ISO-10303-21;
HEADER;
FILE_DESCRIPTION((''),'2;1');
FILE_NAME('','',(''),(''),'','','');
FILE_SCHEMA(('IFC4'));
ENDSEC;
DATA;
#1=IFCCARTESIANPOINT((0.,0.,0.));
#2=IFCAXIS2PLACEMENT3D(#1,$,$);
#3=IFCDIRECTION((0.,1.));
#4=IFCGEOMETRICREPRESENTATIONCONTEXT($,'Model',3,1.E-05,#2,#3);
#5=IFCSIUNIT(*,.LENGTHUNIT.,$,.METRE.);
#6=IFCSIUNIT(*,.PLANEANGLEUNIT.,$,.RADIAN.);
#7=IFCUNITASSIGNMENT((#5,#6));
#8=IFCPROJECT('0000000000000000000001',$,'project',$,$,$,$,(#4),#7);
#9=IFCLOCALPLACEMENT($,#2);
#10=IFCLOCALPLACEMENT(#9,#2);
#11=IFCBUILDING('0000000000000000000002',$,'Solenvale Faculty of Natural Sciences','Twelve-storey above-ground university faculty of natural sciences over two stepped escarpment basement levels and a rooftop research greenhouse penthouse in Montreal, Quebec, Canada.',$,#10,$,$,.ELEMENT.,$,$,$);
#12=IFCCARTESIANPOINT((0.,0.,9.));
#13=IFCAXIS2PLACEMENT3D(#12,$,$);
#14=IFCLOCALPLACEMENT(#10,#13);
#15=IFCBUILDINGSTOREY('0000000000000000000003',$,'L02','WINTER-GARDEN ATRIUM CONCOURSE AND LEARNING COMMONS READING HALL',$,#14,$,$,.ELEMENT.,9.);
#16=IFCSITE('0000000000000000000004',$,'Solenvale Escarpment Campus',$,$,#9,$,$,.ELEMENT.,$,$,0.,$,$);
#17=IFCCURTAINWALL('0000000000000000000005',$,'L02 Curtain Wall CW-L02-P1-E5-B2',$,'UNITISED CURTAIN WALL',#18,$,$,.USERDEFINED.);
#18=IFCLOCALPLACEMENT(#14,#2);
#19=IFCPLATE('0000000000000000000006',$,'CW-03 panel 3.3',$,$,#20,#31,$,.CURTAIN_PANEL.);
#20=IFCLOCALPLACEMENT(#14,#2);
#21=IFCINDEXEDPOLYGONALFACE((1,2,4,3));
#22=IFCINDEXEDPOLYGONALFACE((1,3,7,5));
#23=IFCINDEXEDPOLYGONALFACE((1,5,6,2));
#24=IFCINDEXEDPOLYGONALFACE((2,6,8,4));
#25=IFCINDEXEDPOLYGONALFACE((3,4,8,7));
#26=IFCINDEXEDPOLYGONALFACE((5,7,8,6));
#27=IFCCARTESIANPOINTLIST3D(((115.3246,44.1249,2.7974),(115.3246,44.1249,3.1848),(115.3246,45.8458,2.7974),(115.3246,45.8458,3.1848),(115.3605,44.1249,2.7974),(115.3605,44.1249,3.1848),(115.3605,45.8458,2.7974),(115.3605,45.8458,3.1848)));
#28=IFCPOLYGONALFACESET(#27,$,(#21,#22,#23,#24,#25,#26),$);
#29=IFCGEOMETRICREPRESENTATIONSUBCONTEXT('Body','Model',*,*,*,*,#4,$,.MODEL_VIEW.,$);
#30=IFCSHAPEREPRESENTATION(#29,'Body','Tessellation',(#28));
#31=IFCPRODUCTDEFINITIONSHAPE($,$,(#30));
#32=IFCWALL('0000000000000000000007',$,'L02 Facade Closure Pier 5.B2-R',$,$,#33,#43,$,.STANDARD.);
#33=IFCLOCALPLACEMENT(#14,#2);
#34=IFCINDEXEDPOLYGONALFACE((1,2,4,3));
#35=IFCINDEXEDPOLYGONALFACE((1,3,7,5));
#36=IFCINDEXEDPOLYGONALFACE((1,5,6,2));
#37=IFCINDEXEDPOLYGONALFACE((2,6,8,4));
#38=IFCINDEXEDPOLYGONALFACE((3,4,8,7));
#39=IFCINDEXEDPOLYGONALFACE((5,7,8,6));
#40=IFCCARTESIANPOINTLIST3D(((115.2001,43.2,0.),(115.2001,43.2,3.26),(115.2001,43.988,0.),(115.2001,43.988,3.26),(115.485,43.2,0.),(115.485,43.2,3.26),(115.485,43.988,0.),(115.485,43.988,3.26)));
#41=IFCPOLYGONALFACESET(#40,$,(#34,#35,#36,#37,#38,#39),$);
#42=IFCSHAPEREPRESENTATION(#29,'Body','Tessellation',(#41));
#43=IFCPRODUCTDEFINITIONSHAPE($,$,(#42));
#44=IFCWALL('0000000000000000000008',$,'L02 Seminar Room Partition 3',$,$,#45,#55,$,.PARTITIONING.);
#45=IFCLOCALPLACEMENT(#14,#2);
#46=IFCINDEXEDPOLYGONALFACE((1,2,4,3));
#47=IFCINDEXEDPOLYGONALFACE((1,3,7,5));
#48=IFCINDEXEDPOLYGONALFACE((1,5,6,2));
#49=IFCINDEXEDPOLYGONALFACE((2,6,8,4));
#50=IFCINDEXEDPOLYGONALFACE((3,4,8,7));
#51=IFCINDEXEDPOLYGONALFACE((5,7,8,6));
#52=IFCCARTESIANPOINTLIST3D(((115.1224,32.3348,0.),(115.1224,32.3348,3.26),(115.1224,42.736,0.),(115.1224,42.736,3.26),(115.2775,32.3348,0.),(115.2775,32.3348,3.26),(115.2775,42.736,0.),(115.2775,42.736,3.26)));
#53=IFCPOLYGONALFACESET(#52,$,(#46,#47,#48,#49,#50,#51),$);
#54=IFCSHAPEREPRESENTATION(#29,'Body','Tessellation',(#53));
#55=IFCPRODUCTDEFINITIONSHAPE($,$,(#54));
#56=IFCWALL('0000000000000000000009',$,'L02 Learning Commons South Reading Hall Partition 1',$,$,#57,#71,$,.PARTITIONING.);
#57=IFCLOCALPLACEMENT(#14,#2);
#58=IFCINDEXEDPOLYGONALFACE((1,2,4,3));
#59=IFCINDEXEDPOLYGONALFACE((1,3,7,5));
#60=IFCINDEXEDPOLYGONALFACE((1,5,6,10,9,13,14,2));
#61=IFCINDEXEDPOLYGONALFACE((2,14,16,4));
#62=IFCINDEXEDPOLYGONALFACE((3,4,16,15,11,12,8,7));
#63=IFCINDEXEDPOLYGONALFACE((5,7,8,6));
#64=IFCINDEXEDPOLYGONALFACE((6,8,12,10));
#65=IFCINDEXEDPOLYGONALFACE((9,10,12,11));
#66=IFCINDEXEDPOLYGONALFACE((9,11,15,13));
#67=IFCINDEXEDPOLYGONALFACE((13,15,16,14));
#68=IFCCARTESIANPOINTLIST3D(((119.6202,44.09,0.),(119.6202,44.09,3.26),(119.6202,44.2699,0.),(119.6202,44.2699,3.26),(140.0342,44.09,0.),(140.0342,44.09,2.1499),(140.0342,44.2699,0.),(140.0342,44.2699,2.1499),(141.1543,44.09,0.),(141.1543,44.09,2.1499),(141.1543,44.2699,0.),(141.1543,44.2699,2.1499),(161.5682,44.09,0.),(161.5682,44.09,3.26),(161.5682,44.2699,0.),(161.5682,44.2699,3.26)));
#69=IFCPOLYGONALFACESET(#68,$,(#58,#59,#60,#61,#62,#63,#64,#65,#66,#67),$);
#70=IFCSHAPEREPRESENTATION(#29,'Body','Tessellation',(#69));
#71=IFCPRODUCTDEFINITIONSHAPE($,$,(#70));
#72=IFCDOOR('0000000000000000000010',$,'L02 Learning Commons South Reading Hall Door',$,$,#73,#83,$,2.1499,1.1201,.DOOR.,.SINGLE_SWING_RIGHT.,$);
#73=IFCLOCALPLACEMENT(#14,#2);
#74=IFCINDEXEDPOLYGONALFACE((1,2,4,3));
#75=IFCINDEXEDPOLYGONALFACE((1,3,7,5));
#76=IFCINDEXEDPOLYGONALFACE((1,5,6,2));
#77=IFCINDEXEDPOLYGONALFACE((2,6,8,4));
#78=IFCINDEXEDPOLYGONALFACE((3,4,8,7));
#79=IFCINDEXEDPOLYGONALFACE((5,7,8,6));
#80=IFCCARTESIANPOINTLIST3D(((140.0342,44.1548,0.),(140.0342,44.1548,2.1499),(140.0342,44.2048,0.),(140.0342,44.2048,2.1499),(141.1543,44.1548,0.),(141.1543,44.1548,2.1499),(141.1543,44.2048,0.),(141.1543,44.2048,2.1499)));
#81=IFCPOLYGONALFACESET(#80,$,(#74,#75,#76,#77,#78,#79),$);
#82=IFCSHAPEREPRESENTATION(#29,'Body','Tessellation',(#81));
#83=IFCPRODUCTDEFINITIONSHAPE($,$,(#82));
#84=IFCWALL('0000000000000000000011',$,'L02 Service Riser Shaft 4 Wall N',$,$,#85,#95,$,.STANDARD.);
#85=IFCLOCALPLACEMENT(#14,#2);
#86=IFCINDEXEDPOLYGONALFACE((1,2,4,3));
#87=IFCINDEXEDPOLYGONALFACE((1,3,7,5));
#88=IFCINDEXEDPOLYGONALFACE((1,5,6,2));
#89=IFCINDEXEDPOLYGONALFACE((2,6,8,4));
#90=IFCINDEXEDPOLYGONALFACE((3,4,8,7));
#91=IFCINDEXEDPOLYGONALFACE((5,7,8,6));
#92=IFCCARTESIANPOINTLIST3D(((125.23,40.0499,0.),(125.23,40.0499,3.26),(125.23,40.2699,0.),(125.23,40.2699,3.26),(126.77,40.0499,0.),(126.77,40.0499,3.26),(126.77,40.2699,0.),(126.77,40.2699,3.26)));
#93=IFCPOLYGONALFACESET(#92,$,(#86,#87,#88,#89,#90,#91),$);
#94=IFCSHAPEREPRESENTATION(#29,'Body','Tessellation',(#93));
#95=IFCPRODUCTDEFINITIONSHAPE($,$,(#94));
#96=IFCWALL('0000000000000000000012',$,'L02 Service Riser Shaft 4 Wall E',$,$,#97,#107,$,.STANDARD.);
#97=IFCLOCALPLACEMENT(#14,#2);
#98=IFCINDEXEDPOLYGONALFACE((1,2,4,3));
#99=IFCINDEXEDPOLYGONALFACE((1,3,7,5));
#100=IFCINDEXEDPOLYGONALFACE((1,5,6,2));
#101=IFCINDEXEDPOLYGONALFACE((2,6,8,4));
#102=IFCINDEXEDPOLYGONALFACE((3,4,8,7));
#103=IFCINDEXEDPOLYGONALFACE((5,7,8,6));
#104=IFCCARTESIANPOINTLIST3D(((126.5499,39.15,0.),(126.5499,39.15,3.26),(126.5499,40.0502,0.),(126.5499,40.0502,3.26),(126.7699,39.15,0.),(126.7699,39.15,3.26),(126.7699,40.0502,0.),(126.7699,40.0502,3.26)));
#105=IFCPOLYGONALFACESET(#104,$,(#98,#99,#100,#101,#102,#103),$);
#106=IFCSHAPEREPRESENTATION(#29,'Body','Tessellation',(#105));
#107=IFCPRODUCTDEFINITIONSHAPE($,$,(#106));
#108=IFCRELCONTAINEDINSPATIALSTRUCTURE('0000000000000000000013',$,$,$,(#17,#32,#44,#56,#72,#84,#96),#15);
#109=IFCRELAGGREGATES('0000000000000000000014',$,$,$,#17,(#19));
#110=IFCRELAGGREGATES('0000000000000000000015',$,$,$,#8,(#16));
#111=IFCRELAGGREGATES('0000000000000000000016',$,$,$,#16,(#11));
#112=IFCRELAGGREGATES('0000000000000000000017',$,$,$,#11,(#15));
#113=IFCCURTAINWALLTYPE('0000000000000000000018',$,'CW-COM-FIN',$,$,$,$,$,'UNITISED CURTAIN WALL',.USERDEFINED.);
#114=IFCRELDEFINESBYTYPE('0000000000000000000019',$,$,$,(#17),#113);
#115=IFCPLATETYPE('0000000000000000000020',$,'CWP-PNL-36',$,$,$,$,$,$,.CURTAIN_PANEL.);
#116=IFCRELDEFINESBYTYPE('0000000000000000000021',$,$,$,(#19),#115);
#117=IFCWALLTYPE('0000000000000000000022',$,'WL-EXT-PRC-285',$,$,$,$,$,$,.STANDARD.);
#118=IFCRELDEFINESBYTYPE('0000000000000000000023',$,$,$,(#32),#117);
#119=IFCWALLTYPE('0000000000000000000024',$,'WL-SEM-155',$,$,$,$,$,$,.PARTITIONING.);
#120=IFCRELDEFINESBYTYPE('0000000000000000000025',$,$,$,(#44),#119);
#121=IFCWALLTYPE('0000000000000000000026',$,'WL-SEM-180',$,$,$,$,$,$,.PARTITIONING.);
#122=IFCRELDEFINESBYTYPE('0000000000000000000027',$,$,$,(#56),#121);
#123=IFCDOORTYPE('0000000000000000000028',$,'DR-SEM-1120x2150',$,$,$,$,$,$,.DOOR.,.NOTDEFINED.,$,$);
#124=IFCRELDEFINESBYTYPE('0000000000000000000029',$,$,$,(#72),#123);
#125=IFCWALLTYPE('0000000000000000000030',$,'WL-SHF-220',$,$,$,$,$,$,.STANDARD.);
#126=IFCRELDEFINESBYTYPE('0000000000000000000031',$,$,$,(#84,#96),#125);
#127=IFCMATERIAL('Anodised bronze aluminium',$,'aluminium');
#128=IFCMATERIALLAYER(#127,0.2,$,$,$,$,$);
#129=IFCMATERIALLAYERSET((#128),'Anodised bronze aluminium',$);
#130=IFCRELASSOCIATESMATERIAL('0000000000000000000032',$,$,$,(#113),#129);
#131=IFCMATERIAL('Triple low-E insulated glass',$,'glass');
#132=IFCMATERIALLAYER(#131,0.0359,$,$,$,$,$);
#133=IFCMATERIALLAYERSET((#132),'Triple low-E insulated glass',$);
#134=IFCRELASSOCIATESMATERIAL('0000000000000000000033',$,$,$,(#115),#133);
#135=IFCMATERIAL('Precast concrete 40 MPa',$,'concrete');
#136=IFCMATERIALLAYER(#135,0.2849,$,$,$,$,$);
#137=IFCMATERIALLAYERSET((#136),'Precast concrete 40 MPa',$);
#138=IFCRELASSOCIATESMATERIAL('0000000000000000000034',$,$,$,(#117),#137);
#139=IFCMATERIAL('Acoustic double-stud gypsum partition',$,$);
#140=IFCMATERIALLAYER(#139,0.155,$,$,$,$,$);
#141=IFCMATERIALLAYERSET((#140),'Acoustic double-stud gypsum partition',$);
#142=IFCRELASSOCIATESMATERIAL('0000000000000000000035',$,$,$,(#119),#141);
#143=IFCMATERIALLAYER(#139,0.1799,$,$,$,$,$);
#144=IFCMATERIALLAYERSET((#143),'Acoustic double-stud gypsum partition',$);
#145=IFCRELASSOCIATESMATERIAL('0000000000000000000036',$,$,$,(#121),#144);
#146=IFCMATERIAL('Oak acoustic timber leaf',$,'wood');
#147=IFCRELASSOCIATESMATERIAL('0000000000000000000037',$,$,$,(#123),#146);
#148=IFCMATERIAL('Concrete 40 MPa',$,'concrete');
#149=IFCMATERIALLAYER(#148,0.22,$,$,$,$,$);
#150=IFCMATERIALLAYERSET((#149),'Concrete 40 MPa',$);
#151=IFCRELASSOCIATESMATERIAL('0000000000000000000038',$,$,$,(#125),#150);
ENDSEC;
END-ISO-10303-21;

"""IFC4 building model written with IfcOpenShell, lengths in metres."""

from ifc_helpers import new_model, si_unit, direction, frame, frame_2d, origin, origin_2d, place, context, subcontext, project, spatial, rectangle, extrude, material, layer, layer_set, type_object, element, fill, aggregate, save


model = new_model("IFC4")

# Units and contexts
model_context = context("Model", 3, precision=1e-05, world=origin(), true_north=direction((0.0, 1.0)))
body_context = subcontext(model_context, "Body", "Model", "MODEL_VIEW")
ifc_project = project(units=[si_unit("LENGTHUNIT", "METRE"), si_unit("PLANEANGLEUNIT", "RADIAN")], contexts=[model_context])

# Site, building, storey
site_placement = place(None, origin())
site = spatial("IfcSite", under=ifc_project, at=site_placement, Name="Solenvale Escarpment Campus", CompositionType="ELEMENT", RefElevation=0.0)
building_placement = place(site_placement, origin())
building = spatial("IfcBuilding", under=site, at=building_placement, Name="Solenvale Faculty of Natural Sciences", Description="Twelve-storey above-ground university faculty of natural sciences over two stepped escarpment basement levels and a rooftop research greenhouse penthouse in Montreal, Quebec, Canada.", CompositionType="ELEMENT")
storey_placement = place(building_placement, frame((0.0, 0.0, 9.0)))
storey = spatial("IfcBuildingStorey", under=building, at=storey_placement, Name="L02", Description="WINTER-GARDEN ATRIUM CONCOURSE AND LEARNING COMMONS READING HALL", CompositionType="ELEMENT", Elevation=9.0)

# Shared definitions
ifc_material_1 = material(Name="Concrete 40 MPa", Category="concrete")

# Curtain wall, plate
ifc_material_2 = material(Name="Anodised bronze aluminium", Category="aluminium")
ifc_layer_1 = layer(ifc_material_2, 0.2)
ifc_layer_set_1 = layer_set([ifc_layer_1], Name="Anodised bronze aluminium")
curtain_wall_type = type_object("IfcCurtainWallType", Name="CW-COM-FIN", ElementType="UNITISED CURTAIN WALL", PredefinedType="USERDEFINED", material=ifc_layer_set_1)
curtain_wall_placement = place(storey_placement, origin())
curtain_wall = element("IfcCurtainWall", 1, at=curtain_wall_placement, inside=storey, type_object=curtain_wall_type, Name="L02 Curtain Wall CW-L02-P1-E5-B2", ObjectType="UNITISED CURTAIN WALL", PredefinedType="USERDEFINED")
ifc_material_3 = material(Name="Triple low-E insulated glass", Category="glass")
ifc_layer_2 = layer(ifc_material_3, 0.0359)
ifc_layer_set_2 = layer_set([ifc_layer_2], Name="Triple low-E insulated glass")
plate_type = type_object("IfcPlateType", Name="CWP-PNL-36", PredefinedType="CURTAIN_PANEL", material=ifc_layer_set_2)
plate_1_placement = place(storey_placement, frame((115.3425, 44.9854, 2.7974), z_axis=(0.0, 0.0, 1.0), x_axis=(0.0, -1.0, 0.0)))
plate_1 = element("IfcPlate", 2, at=plate_1_placement, type_object=plate_type, Name="CW-03 panel 3.3", PredefinedType="CURTAIN_PANEL", context=body_context, shape_type="SweptSolid", body=[
    extrude(rectangle(XDim=1.7209, YDim=0.0359, at=origin_2d()), origin(), (0.0, 0.0, 1.0), 0.3875),
])
aggregate(curtain_wall, [plate_1])

# Walls
ifc_material_4 = material(Name="Precast concrete 40 MPa", Category="concrete")
ifc_layer_3 = layer(ifc_material_4, 0.2849)
ifc_layer_set_3 = layer_set([ifc_layer_3], Name="Precast concrete 40 MPa")
wall_type_1 = type_object("IfcWallType", Name="WL-EXT-PRC-285", PredefinedType="STANDARD", material=ifc_layer_set_3)
wall_1_placement = place(storey_placement, frame((115.3425, 43.988, 0.0), z_axis=(0.0, 0.0, 1.0), x_axis=(0.0, -1.0, 0.0)))
element("IfcWall", 3, at=wall_1_placement, inside=storey, type_object=wall_type_1, Name="L02 Facade Closure Pier 5.B2-R", PredefinedType="STANDARD", context=body_context, shape_type="SweptSolid", body=[
    extrude(rectangle(XDim=0.7881, YDim=0.2849, at=frame_2d((0.394, 0.0))), origin(), (0.0, 0.0, 1.0), 3.26),
])
ifc_material_5 = material(Name="Acoustic double-stud gypsum partition")
ifc_layer_4 = layer(ifc_material_5, 0.155)
ifc_layer_set_4 = layer_set([ifc_layer_4], Name="Acoustic double-stud gypsum partition")
wall_type_2 = type_object("IfcWallType", Name="WL-SEM-155", PredefinedType="PARTITIONING", material=ifc_layer_set_4)
wall_2_placement = place(storey_placement, frame((115.2, 42.7361, 0.0), z_axis=(0.0, 0.0, 1.0), x_axis=(0.0, -1.0, 0.0)))
element("IfcWall", 4, at=wall_2_placement, inside=storey, type_object=wall_type_2, Name="L02 Seminar Room Partition 3", PredefinedType="PARTITIONING", context=body_context, shape_type="SweptSolid", body=[
    extrude(rectangle(XDim=10.4011, YDim=0.155, at=frame_2d((5.2007, 0.0))), origin(), (0.0, 0.0, 1.0), 3.26),
])

# Wall, opening, door
ifc_layer_5 = layer(ifc_material_5, 0.1799)
ifc_layer_set_5 = layer_set([ifc_layer_5], Name="Acoustic double-stud gypsum partition")
wall_type_3 = type_object("IfcWallType", Name="WL-SEM-180", PredefinedType="PARTITIONING", material=ifc_layer_set_5)
wall_3_placement = place(storey_placement, frame((119.6201, 44.1799, 0.0), z_axis=(0.0, 0.0, 1.0), x_axis=(1.0, 0.0, 0.0)))
wall_3 = element("IfcWall", 5, at=wall_3_placement, inside=storey, type_object=wall_type_3, Name="L02 Learning Commons South Reading Hall Partition 1", PredefinedType="PARTITIONING", context=body_context, shape_type="SweptSolid", body=[
    extrude(rectangle(XDim=41.948, YDim=0.1799, at=frame_2d((20.9741, 0.0))), origin(), (0.0, 0.0, 1.0), 3.26),
])
opening_placement = place(wall_3_placement, frame((20.4141, 0.0, 0.0)))
opening = element("IfcOpeningElement", 6, at=opening_placement, cuts=wall_3, PredefinedType="OPENING", context=body_context, shape_type="SweptSolid", body=[
    extrude(rectangle(XDim=1.1201, YDim=2.1499, at=frame_2d((0.5601, 1.075))), frame((0.0, 0.0999, 0.0), z_axis=(0.0, -1.0, 0.0), x_axis=(1.0, 0.0, 0.0)), (0.0, 0.0, 1.0), 0.2),
])
ifc_material_6 = material(Name="Oak acoustic timber leaf", Category="wood")
door_type = type_object("IfcDoorType", Name="DR-SEM-1120x2150", OperationType="NOTDEFINED", PredefinedType="DOOR", material=ifc_material_6)
door_placement = place(opening_placement, origin())
door = element("IfcDoor", 7, at=door_placement, inside=storey, type_object=door_type, Name="L02 Learning Commons South Reading Hall Door", OperationType="SINGLE_SWING_RIGHT", OverallHeight=2.1499, OverallWidth=1.1201, PredefinedType="DOOR", context=body_context, shape_type="SweptSolid", body=[
    extrude(rectangle(XDim=1.1201, YDim=2.1499, at=frame_2d((0.5601, 1.075))), frame((0.0, 0.0249, 0.0), z_axis=(0.0, -1.0, 0.0), x_axis=(1.0, 0.0, 0.0)), (0.0, 0.0, 1.0), 0.05),
])
fill(opening, door)

# Walls
ifc_layer_6 = layer(ifc_material_1, 0.22)
ifc_layer_set_6 = layer_set([ifc_layer_6], Name="Concrete 40 MPa")
wall_type_4 = type_object("IfcWallType", Name="WL-SHF-220", PredefinedType="STANDARD", material=ifc_layer_set_6)
wall_4_placement = place(storey_placement, frame((125.23, 40.1599, 0.0), z_axis=(0.0, 0.0, 1.0), x_axis=(1.0, 0.0, 0.0)))
element("IfcWall", 8, at=wall_4_placement, inside=storey, type_object=wall_type_4, Name="L02 Service Riser Shaft 4 Wall N", PredefinedType="STANDARD", context=body_context, shape_type="SweptSolid", body=[
    extrude(rectangle(XDim=1.54, YDim=0.22, at=frame_2d((0.77, 0.0))), origin(), (0.0, 0.0, 1.0), 3.26),
])
wall_5_placement = place(storey_placement, frame((126.6599, 39.1499, 0.0), z_axis=(0.0, 0.0, 1.0), x_axis=(0.0, 1.0, 0.0)))
element("IfcWall", 9, at=wall_5_placement, inside=storey, type_object=wall_type_4, Name="L02 Service Riser Shaft 4 Wall E", PredefinedType="STANDARD", context=body_context, shape_type="SweptSolid", body=[
    extrude(rectangle(XDim=0.9001, YDim=0.22, at=frame_2d((0.4502, 0.0))), origin(), (0.0, 0.0, 1.0), 3.26),
])

save(model, "model.ifc")
